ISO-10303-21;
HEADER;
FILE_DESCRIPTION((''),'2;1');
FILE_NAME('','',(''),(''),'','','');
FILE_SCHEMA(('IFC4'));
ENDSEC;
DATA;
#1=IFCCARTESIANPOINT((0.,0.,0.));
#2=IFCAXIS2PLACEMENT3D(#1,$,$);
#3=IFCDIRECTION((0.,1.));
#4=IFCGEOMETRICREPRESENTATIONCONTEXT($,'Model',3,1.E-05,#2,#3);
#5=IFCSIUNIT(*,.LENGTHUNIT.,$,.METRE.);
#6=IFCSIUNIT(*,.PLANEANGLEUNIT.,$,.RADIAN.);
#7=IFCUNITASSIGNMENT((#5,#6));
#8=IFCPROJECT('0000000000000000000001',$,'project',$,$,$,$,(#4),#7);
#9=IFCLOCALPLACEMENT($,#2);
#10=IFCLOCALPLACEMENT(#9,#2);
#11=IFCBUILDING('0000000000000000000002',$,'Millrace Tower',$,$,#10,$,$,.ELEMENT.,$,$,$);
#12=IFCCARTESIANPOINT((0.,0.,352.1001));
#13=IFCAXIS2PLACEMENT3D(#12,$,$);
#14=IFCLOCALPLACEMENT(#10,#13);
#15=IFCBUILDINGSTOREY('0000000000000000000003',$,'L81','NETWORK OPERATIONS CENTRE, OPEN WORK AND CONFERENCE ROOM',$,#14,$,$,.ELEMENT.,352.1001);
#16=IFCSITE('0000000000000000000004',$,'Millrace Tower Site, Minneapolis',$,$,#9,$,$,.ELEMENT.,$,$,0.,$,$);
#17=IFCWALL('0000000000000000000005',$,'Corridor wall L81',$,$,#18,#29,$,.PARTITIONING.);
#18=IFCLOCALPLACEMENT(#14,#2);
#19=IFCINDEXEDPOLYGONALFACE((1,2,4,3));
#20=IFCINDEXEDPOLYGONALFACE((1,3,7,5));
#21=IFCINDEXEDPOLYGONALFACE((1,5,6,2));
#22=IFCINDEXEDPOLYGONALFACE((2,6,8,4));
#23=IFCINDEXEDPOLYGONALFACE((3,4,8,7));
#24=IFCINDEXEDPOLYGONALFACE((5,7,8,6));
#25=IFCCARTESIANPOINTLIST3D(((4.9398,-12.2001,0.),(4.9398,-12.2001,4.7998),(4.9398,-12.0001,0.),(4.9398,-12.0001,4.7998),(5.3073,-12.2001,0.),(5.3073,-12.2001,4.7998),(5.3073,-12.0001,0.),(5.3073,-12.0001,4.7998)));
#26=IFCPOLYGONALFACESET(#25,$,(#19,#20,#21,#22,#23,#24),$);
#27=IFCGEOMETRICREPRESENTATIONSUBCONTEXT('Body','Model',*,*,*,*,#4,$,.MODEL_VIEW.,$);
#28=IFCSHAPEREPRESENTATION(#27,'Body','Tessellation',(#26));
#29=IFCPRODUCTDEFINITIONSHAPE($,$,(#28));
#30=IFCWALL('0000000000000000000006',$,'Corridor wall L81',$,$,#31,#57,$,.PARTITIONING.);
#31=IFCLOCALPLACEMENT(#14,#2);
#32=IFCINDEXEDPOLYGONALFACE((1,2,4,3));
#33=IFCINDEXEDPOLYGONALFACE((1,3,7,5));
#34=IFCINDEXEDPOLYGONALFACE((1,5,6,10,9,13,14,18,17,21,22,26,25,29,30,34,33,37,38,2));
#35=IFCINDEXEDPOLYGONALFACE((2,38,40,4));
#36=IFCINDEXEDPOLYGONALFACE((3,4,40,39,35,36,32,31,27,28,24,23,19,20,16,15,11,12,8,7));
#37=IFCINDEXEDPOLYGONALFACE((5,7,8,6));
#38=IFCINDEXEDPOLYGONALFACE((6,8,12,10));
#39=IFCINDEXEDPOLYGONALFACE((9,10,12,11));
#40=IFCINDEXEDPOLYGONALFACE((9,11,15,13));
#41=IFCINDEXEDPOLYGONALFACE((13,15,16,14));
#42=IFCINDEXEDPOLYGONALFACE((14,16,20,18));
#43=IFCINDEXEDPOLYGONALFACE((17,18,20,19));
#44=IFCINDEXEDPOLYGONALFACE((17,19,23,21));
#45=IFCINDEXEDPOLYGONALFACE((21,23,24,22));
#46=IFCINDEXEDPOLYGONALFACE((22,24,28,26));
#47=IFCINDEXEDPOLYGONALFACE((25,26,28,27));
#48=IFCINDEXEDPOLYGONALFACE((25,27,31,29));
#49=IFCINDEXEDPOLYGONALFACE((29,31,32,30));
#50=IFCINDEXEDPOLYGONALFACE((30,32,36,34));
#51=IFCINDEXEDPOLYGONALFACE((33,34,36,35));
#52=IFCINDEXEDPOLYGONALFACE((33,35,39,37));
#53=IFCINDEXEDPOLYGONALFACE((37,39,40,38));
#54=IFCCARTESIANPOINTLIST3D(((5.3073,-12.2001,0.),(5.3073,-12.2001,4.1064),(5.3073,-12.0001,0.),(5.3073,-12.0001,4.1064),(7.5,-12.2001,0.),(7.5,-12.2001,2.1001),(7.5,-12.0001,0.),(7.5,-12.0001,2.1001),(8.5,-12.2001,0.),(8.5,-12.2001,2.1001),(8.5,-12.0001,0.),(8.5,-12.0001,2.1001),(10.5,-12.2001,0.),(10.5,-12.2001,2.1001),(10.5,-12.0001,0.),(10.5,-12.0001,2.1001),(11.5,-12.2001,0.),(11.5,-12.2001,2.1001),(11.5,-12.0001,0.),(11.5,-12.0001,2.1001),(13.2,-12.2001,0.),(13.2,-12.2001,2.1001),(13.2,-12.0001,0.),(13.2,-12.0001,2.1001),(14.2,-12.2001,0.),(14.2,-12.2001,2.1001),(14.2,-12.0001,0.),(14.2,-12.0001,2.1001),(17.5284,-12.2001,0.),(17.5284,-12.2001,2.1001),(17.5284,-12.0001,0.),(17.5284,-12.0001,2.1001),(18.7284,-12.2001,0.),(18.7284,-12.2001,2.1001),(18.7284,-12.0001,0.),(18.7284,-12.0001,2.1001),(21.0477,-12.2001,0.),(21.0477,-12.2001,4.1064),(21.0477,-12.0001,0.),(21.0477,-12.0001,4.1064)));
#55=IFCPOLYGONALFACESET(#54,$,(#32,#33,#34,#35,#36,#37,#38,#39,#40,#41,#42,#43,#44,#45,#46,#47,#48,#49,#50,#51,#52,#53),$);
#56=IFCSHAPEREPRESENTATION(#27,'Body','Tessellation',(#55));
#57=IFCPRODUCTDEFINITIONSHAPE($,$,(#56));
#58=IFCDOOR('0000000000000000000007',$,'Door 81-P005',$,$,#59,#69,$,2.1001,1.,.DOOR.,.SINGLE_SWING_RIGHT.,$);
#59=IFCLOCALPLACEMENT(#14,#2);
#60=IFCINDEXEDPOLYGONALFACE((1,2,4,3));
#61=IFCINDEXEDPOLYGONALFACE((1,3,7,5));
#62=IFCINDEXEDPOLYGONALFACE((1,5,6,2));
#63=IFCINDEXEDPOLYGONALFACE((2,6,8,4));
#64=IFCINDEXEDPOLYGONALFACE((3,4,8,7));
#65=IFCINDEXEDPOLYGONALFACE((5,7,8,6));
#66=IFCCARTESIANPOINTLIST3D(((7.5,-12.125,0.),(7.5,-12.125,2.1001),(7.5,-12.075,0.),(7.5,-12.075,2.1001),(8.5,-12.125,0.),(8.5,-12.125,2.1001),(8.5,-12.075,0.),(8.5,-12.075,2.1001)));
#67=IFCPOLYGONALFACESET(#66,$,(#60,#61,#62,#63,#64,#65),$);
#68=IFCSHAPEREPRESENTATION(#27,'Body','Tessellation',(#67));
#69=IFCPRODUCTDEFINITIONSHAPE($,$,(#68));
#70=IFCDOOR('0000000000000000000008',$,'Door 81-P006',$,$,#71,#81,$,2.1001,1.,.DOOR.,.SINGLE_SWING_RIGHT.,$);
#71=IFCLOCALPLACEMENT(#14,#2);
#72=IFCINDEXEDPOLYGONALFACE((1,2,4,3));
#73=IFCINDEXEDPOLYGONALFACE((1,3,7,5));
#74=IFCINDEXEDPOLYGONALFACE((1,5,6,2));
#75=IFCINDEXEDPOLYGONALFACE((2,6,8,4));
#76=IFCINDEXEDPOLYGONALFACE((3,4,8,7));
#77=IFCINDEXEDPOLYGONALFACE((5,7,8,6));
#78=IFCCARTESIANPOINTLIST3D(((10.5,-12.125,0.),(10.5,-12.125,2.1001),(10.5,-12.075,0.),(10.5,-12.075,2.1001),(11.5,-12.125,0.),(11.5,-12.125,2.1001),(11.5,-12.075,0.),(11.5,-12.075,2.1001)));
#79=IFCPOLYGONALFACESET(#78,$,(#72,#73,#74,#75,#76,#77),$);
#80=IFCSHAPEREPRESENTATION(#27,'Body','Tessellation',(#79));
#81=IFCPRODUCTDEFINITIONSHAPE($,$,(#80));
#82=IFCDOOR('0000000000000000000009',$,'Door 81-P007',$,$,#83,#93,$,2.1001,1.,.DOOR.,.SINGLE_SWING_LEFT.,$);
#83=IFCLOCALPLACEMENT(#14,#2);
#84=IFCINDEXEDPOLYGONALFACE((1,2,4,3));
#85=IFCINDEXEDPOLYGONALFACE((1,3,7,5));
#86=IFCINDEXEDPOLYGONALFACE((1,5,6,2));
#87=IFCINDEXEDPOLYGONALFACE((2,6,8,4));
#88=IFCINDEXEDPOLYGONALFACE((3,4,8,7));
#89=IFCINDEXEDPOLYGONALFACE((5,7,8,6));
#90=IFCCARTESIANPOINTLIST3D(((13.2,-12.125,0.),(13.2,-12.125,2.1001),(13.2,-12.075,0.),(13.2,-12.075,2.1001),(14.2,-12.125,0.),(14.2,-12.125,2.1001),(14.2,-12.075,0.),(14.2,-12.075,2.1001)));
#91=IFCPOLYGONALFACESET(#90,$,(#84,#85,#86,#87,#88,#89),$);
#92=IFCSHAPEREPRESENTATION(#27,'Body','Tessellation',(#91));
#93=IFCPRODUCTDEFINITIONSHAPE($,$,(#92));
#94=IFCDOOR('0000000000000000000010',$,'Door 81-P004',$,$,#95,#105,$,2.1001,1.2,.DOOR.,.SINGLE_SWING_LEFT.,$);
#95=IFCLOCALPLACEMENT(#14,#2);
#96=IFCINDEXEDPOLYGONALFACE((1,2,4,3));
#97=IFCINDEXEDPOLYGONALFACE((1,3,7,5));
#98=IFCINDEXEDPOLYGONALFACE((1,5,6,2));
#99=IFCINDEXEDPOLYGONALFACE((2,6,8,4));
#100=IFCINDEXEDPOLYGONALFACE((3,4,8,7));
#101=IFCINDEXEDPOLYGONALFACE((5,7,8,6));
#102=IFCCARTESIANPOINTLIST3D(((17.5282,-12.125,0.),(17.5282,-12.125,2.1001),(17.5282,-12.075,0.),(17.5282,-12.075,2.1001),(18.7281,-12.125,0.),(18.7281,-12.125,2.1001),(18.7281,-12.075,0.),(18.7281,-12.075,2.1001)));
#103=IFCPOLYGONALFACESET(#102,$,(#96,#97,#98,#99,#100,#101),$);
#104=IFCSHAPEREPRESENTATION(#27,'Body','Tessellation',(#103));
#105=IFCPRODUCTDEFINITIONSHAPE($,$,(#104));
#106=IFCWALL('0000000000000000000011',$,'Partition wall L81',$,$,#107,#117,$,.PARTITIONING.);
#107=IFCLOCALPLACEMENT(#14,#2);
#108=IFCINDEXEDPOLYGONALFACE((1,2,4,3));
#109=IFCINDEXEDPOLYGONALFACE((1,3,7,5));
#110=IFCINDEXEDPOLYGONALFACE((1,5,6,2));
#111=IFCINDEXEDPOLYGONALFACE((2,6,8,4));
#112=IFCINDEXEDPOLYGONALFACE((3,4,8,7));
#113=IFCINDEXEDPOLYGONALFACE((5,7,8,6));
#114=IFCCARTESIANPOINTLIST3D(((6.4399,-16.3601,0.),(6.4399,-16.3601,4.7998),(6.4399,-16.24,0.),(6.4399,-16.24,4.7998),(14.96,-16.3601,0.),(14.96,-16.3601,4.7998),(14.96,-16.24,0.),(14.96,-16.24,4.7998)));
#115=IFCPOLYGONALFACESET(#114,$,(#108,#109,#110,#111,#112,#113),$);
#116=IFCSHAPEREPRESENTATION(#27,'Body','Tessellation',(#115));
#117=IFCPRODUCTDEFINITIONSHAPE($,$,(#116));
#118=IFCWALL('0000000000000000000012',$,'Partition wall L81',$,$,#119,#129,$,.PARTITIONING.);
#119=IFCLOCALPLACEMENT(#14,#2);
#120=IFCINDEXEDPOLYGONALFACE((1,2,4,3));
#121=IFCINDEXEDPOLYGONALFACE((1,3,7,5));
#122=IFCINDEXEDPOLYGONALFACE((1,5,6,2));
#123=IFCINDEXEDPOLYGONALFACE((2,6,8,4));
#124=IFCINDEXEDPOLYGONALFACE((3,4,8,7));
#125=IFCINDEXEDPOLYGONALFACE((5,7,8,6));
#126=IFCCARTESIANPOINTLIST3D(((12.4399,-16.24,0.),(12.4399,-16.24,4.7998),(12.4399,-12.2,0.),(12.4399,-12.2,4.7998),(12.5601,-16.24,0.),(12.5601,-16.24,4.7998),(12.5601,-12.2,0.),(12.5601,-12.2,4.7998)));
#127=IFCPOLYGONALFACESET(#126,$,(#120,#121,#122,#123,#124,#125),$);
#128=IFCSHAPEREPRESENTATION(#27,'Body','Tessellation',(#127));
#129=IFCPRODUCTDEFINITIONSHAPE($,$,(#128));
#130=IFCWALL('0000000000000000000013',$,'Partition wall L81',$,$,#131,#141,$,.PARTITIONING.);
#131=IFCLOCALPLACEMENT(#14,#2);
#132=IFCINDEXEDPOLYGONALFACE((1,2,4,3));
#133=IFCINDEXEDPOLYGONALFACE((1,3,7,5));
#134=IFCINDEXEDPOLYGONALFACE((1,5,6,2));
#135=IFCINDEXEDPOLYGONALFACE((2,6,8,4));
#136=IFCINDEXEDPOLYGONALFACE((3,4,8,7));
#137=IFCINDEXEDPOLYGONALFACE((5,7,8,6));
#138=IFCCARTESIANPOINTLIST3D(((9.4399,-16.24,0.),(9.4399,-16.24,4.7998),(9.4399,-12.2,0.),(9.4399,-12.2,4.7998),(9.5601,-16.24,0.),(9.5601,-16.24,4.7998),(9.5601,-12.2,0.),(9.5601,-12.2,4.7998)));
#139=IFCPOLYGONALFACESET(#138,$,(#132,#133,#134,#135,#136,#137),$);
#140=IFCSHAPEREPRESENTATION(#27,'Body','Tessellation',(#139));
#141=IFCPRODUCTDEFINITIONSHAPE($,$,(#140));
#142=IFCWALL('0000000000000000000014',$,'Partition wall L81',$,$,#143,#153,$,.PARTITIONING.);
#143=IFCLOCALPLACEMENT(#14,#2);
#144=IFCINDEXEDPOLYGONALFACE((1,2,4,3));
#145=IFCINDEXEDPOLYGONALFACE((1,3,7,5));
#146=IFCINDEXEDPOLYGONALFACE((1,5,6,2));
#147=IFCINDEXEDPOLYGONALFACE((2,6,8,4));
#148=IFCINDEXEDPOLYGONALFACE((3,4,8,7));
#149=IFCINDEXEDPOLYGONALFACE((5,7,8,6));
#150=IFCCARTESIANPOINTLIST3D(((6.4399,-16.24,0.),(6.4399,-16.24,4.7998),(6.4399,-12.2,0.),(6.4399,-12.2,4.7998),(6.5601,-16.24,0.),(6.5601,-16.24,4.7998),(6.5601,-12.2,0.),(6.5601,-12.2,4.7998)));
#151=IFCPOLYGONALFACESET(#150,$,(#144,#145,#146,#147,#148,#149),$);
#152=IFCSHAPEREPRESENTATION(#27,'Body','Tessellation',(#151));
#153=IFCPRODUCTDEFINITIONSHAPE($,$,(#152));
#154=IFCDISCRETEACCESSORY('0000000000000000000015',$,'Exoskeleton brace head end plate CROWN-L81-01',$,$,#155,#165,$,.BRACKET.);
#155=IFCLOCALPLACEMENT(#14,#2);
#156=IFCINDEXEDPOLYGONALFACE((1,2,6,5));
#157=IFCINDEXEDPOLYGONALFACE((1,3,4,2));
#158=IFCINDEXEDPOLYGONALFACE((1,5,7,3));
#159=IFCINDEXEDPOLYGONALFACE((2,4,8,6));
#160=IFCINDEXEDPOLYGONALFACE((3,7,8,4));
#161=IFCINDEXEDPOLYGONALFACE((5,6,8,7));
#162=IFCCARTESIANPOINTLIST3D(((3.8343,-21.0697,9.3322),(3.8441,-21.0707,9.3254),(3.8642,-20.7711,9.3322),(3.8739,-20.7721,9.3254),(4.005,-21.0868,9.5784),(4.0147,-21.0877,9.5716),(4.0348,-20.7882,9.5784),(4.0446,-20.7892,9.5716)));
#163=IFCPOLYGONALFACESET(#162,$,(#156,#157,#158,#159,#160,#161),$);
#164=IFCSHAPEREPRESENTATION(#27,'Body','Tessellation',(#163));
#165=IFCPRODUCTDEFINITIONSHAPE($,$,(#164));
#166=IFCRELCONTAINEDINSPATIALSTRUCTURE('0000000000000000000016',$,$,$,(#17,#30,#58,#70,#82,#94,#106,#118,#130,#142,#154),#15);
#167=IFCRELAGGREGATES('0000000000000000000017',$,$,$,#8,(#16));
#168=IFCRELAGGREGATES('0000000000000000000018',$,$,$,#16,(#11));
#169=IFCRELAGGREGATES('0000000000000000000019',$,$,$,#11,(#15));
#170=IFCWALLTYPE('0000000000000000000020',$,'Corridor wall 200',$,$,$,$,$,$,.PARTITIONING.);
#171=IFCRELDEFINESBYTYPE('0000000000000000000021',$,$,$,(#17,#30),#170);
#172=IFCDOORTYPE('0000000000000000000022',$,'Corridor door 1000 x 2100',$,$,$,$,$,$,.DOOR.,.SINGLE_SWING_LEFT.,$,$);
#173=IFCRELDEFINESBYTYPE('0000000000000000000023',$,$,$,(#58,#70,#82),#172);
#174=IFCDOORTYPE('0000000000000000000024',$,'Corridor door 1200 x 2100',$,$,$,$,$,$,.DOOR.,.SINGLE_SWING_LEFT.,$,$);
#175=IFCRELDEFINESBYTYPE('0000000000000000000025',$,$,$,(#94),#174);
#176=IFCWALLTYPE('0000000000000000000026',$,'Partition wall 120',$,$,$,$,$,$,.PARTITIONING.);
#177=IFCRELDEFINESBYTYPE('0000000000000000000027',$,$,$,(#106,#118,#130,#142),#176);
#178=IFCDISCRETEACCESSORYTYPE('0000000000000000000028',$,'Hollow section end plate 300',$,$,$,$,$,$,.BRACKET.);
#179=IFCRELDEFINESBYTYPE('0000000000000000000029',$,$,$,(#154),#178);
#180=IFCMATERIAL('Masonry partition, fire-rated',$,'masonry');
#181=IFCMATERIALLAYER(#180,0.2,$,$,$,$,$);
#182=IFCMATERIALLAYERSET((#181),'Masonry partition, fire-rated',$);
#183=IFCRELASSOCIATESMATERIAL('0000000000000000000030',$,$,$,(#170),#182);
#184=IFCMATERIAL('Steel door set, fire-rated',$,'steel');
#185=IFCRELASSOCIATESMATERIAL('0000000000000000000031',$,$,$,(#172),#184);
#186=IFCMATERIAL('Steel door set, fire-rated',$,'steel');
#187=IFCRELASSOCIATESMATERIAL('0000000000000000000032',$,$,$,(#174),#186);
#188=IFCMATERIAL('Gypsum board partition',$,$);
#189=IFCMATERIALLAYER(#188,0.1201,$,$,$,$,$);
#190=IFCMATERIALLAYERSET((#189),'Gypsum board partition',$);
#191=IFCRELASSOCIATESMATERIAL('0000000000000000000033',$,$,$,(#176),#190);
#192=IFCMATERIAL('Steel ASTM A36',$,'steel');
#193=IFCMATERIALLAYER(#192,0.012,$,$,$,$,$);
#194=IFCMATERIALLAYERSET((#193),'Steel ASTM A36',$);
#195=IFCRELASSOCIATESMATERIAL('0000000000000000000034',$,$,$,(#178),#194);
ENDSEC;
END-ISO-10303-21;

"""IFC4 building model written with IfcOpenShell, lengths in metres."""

from ifc_helpers import new_model, si_unit, direction, frame, frame_2d, origin, origin_2d, place, context, subcontext, project, spatial, rectangle, extrude, material, layer, layer_set, type_object, element, fill, save


model = new_model("IFC4")

# Units and contexts
model_context = context("Model", 3, precision=1e-05, world=origin(), true_north=direction((0.0, 1.0)))
body_context = subcontext(model_context, "Body", "Model", "MODEL_VIEW")
ifc_project = project(units=[si_unit("LENGTHUNIT", "METRE"), si_unit("PLANEANGLEUNIT", "RADIAN")], contexts=[model_context])

# Site, building, storey
site_placement = place(None, origin())
site = spatial("IfcSite", under=ifc_project, at=site_placement, Name="Millrace Tower Site, Minneapolis", CompositionType="ELEMENT", RefElevation=0.0)
building_placement = place(site_placement, origin())
building = spatial("IfcBuilding", under=site, at=building_placement, Name="Millrace Tower", CompositionType="ELEMENT")
storey_placement = place(building_placement, frame((0.0, 0.0, 352.1001)))
storey = spatial("IfcBuildingStorey", under=building, at=storey_placement, Name="L81", Description="NETWORK OPERATIONS CENTRE, OPEN WORK AND CONFERENCE ROOM", CompositionType="ELEMENT", Elevation=352.1001)

# Wall
ifc_material_1 = material(Name="Masonry partition, fire-rated", Category="masonry")
ifc_layer_1 = layer(ifc_material_1, 0.2)
ifc_layer_set_1 = layer_set([ifc_layer_1], Name="Masonry partition, fire-rated")
wall_type_1 = type_object("IfcWallType", Name="Corridor wall 200", PredefinedType="PARTITIONING", material=ifc_layer_set_1)
wall_1_placement = place(storey_placement, frame((4.9399, -12.1001, 0.0), z_axis=(0.0, 0.0, 1.0), x_axis=(1.0, 0.0, 0.0)))
element("IfcWall", 1, at=wall_1_placement, inside=storey, type_object=wall_type_1, Name="Corridor wall L81", PredefinedType="PARTITIONING", context=body_context, shape_type="SweptSolid", body=[
    extrude(rectangle(XDim=0.3674, YDim=0.2, at=frame_2d((0.1836, 0.0))), origin(), (0.0, 0.0, 1.0), 4.7998),
])

# Wall, openings, doors
wall_2_placement = place(storey_placement, frame((5.3074, -12.1001, 0.0), z_axis=(0.0, 0.0, 1.0), x_axis=(1.0, 0.0, 0.0)))
wall_2 = element("IfcWall", 2, at=wall_2_placement, inside=storey, type_object=wall_type_1, Name="Corridor wall L81", PredefinedType="PARTITIONING", context=body_context, shape_type="SweptSolid", body=[
    extrude(rectangle(XDim=15.7405, YDim=0.2, at=frame_2d((7.8701, 0.0))), origin(), (0.0, 0.0, 1.0), 4.1064),
])
opening_1_placement = place(wall_2_placement, frame((12.2209, 0.0, 0.0)))
opening_1 = element("IfcOpeningElement", 3, at=opening_1_placement, cuts=wall_2, PredefinedType="OPENING", context=body_context, shape_type="SweptSolid", body=[
    extrude(rectangle(XDim=1.2, YDim=2.1001, at=frame_2d((0.6001, 1.05))), frame((0.0, 0.1099, 0.0), z_axis=(0.0, -1.0, 0.0), x_axis=(1.0, 0.0, 0.0)), (0.0, 0.0, 1.0), 0.22),
])
opening_2_placement = place(wall_2_placement, frame((2.1926, 0.0, 0.0)))
opening_2 = element("IfcOpeningElement", 4, at=opening_2_placement, cuts=wall_2, PredefinedType="OPENING", context=body_context, shape_type="SweptSolid", body=[
    extrude(rectangle(XDim=1.0, YDim=2.1001, at=frame_2d((0.5, 1.05))), frame((0.0, 0.1099, 0.0), z_axis=(0.0, -1.0, 0.0), x_axis=(1.0, 0.0, 0.0)), (0.0, 0.0, 1.0), 0.22),
])
opening_3_placement = place(wall_2_placement, frame((5.1926, 0.0, 0.0)))
opening_3 = element("IfcOpeningElement", 5, at=opening_3_placement, cuts=wall_2, PredefinedType="OPENING", context=body_context, shape_type="SweptSolid", body=[
    extrude(rectangle(XDim=1.0, YDim=2.1001, at=frame_2d((0.5, 1.05))), frame((0.0, 0.1099, 0.0), z_axis=(0.0, -1.0, 0.0), x_axis=(1.0, 0.0, 0.0)), (0.0, 0.0, 1.0), 0.22),
])
opening_4_placement = place(wall_2_placement, frame((7.8926, 0.0, 0.0)))
opening_4 = element("IfcOpeningElement", 6, at=opening_4_placement, cuts=wall_2, PredefinedType="OPENING", context=body_context, shape_type="SweptSolid", body=[
    extrude(rectangle(XDim=1.0, YDim=2.1001, at=frame_2d((0.5, 1.05))), frame((0.0, 0.1099, 0.0), z_axis=(0.0, -1.0, 0.0), x_axis=(1.0, 0.0, 0.0)), (0.0, 0.0, 1.0), 0.22),
])
ifc_material_2 = material(Name="Steel door set, fire-rated", Category="steel")
door_type_1 = type_object("IfcDoorType", Name="Corridor door 1000 x 2100", OperationType="SINGLE_SWING_LEFT", PredefinedType="DOOR", material=ifc_material_2)
door_1_placement = place(opening_2_placement, frame((1.0, 0.0, 0.0), z_axis=(0.0, 0.0, 1.0), x_axis=(-1.0, 0.0, 0.0)))
door_1 = element("IfcDoor", 7, at=door_1_placement, inside=storey, type_object=door_type_1, Name="Door 81-P005", OperationType="SINGLE_SWING_RIGHT", OverallHeight=2.1001, OverallWidth=1.0, PredefinedType="DOOR", context=body_context, shape_type="SweptSolid", body=[
    extrude(rectangle(XDim=1.0, YDim=2.1001, at=frame_2d((0.5, 1.05))), frame((0.0, 0.0249, 0.0), z_axis=(0.0, -1.0, 0.0), x_axis=(1.0, 0.0, 0.0)), (0.0, 0.0, 1.0), 0.05),
])
fill(opening_2, door_1)
door_2_placement = place(opening_3_placement, frame((1.0, 0.0, 0.0), z_axis=(0.0, 0.0, 1.0), x_axis=(-1.0, 0.0, 0.0)))
door_2 = element("IfcDoor", 8, at=door_2_placement, inside=storey, type_object=door_type_1, Name="Door 81-P006", OperationType="SINGLE_SWING_RIGHT", OverallHeight=2.1001, OverallWidth=1.0, PredefinedType="DOOR", context=body_context, shape_type="SweptSolid", body=[
    extrude(rectangle(XDim=1.0, YDim=2.1001, at=frame_2d((0.5, 1.05))), frame((0.0, 0.0249, 0.0), z_axis=(0.0, -1.0, 0.0), x_axis=(1.0, 0.0, 0.0)), (0.0, 0.0, 1.0), 0.05),
])
fill(opening_3, door_2)
door_3_placement = place(opening_4_placement, frame((1.0, 0.0, 0.0), z_axis=(0.0, 0.0, 1.0), x_axis=(-1.0, 0.0, 0.0)))
door_3 = element("IfcDoor", 9, at=door_3_placement, inside=storey, type_object=door_type_1, Name="Door 81-P007", OperationType="SINGLE_SWING_LEFT", OverallHeight=2.1001, OverallWidth=1.0, PredefinedType="DOOR", context=body_context, shape_type="SweptSolid", body=[
    extrude(rectangle(XDim=1.0, YDim=2.1001, at=frame_2d((0.5, 1.05))), frame((0.0, 0.0249, 0.0), z_axis=(0.0, -1.0, 0.0), x_axis=(1.0, 0.0, 0.0)), (0.0, 0.0, 1.0), 0.05),
])
fill(opening_4, door_3)
ifc_material_3 = material(Name="Steel door set, fire-rated", Category="steel")
door_type_2 = type_object("IfcDoorType", Name="Corridor door 1200 x 2100", OperationType="SINGLE_SWING_LEFT", PredefinedType="DOOR", material=ifc_material_3)
door_4_placement = place(opening_1_placement, frame((1.2, 0.0, 0.0), z_axis=(0.0, 0.0, 1.0), x_axis=(-1.0, 0.0, 0.0)))
door_4 = element("IfcDoor", 10, at=door_4_placement, inside=storey, type_object=door_type_2, Name="Door 81-P004", OperationType="SINGLE_SWING_LEFT", OverallHeight=2.1001, OverallWidth=1.2, PredefinedType="DOOR", context=body_context, shape_type="SweptSolid", body=[
    extrude(rectangle(XDim=1.2, YDim=2.1001, at=frame_2d((0.6001, 1.05))), frame((0.0, 0.0249, 0.0), z_axis=(0.0, -1.0, 0.0), x_axis=(1.0, 0.0, 0.0)), (0.0, 0.0, 1.0), 0.05),
])
fill(opening_1, door_4)

# Walls
ifc_material_4 = material(Name="Gypsum board partition")
ifc_layer_2 = layer(ifc_material_4, 0.1201)
ifc_layer_set_2 = layer_set([ifc_layer_2], Name="Gypsum board partition")
wall_type_2 = type_object("IfcWallType", Name="Partition wall 120", PredefinedType="PARTITIONING", material=ifc_layer_set_2)
wall_3_placement = place(storey_placement, frame((6.4399, -16.3, 0.0), z_axis=(0.0, 0.0, 1.0), x_axis=(1.0, 0.0, 0.0)))
element("IfcWall", 11, at=wall_3_placement, inside=storey, type_object=wall_type_2, Name="Partition wall L81", PredefinedType="PARTITIONING", context=body_context, shape_type="SweptSolid", body=[
    extrude(rectangle(XDim=8.52, YDim=0.1201, at=frame_2d((4.26, 0.0))), origin(), (0.0, 0.0, 1.0), 4.7998),
])
for number, where, z_axis, x_axis, name in (
    (12, (12.5, -16.24, 0.0), (0.0, 0.0, 1.0), (0.0, 1.0, 0.0), "Partition wall L81"),
    (13, (9.5, -16.24, 0.0), (0.0, 0.0, 1.0), (0.0, 1.0, 0.0), "Partition wall L81"),
    (14, (6.5, -16.24, 0.0), (0.0, 0.0, 1.0), (0.0, 1.0, 0.0), "Partition wall L81"),
):
    element("IfcWall", number, at=place(storey_placement, frame(where, z_axis=z_axis, x_axis=x_axis)), inside=storey, type_object=wall_type_2, Name=name, PredefinedType="PARTITIONING", context=body_context, shape_type="SweptSolid", body=[
        extrude(rectangle(XDim=4.04, YDim=0.1201, at=frame_2d((2.02, 0.0))), origin(), (0.0, 0.0, 1.0), 4.7998),
    ])

# Discrete accessory
ifc_material_5 = material(Name="Steel ASTM A36", Category="steel")
ifc_layer_3 = layer(ifc_material_5, 0.012)
ifc_layer_set_3 = layer_set([ifc_layer_3], Name="Steel ASTM A36")
discrete_accessory_type = type_object("IfcDiscreteAccessoryType", Name="Hollow section end plate 300", PredefinedType="BRACKET", material=ifc_layer_set_3)
discrete_accessory_placement = place(storey_placement, frame((3.9443, -20.9299, 9.4485), z_axis=(-0.816497, 0.08165, 0.571548), x_axis=(-0.099504, -0.995037, 0.0)))
element("IfcDiscreteAccessory", 15, at=discrete_accessory_placement, inside=storey, type_object=discrete_accessory_type, Name="Exoskeleton brace head end plate CROWN-L81-01", PredefinedType="BRACKET", context=body_context, shape_type="SweptSolid", body=[
    extrude(rectangle(XDim=0.3, YDim=0.3, at=origin_2d()), origin(), (0.0, 0.0, 1.0), 0.012),
])

save(model, "model.ifc")
